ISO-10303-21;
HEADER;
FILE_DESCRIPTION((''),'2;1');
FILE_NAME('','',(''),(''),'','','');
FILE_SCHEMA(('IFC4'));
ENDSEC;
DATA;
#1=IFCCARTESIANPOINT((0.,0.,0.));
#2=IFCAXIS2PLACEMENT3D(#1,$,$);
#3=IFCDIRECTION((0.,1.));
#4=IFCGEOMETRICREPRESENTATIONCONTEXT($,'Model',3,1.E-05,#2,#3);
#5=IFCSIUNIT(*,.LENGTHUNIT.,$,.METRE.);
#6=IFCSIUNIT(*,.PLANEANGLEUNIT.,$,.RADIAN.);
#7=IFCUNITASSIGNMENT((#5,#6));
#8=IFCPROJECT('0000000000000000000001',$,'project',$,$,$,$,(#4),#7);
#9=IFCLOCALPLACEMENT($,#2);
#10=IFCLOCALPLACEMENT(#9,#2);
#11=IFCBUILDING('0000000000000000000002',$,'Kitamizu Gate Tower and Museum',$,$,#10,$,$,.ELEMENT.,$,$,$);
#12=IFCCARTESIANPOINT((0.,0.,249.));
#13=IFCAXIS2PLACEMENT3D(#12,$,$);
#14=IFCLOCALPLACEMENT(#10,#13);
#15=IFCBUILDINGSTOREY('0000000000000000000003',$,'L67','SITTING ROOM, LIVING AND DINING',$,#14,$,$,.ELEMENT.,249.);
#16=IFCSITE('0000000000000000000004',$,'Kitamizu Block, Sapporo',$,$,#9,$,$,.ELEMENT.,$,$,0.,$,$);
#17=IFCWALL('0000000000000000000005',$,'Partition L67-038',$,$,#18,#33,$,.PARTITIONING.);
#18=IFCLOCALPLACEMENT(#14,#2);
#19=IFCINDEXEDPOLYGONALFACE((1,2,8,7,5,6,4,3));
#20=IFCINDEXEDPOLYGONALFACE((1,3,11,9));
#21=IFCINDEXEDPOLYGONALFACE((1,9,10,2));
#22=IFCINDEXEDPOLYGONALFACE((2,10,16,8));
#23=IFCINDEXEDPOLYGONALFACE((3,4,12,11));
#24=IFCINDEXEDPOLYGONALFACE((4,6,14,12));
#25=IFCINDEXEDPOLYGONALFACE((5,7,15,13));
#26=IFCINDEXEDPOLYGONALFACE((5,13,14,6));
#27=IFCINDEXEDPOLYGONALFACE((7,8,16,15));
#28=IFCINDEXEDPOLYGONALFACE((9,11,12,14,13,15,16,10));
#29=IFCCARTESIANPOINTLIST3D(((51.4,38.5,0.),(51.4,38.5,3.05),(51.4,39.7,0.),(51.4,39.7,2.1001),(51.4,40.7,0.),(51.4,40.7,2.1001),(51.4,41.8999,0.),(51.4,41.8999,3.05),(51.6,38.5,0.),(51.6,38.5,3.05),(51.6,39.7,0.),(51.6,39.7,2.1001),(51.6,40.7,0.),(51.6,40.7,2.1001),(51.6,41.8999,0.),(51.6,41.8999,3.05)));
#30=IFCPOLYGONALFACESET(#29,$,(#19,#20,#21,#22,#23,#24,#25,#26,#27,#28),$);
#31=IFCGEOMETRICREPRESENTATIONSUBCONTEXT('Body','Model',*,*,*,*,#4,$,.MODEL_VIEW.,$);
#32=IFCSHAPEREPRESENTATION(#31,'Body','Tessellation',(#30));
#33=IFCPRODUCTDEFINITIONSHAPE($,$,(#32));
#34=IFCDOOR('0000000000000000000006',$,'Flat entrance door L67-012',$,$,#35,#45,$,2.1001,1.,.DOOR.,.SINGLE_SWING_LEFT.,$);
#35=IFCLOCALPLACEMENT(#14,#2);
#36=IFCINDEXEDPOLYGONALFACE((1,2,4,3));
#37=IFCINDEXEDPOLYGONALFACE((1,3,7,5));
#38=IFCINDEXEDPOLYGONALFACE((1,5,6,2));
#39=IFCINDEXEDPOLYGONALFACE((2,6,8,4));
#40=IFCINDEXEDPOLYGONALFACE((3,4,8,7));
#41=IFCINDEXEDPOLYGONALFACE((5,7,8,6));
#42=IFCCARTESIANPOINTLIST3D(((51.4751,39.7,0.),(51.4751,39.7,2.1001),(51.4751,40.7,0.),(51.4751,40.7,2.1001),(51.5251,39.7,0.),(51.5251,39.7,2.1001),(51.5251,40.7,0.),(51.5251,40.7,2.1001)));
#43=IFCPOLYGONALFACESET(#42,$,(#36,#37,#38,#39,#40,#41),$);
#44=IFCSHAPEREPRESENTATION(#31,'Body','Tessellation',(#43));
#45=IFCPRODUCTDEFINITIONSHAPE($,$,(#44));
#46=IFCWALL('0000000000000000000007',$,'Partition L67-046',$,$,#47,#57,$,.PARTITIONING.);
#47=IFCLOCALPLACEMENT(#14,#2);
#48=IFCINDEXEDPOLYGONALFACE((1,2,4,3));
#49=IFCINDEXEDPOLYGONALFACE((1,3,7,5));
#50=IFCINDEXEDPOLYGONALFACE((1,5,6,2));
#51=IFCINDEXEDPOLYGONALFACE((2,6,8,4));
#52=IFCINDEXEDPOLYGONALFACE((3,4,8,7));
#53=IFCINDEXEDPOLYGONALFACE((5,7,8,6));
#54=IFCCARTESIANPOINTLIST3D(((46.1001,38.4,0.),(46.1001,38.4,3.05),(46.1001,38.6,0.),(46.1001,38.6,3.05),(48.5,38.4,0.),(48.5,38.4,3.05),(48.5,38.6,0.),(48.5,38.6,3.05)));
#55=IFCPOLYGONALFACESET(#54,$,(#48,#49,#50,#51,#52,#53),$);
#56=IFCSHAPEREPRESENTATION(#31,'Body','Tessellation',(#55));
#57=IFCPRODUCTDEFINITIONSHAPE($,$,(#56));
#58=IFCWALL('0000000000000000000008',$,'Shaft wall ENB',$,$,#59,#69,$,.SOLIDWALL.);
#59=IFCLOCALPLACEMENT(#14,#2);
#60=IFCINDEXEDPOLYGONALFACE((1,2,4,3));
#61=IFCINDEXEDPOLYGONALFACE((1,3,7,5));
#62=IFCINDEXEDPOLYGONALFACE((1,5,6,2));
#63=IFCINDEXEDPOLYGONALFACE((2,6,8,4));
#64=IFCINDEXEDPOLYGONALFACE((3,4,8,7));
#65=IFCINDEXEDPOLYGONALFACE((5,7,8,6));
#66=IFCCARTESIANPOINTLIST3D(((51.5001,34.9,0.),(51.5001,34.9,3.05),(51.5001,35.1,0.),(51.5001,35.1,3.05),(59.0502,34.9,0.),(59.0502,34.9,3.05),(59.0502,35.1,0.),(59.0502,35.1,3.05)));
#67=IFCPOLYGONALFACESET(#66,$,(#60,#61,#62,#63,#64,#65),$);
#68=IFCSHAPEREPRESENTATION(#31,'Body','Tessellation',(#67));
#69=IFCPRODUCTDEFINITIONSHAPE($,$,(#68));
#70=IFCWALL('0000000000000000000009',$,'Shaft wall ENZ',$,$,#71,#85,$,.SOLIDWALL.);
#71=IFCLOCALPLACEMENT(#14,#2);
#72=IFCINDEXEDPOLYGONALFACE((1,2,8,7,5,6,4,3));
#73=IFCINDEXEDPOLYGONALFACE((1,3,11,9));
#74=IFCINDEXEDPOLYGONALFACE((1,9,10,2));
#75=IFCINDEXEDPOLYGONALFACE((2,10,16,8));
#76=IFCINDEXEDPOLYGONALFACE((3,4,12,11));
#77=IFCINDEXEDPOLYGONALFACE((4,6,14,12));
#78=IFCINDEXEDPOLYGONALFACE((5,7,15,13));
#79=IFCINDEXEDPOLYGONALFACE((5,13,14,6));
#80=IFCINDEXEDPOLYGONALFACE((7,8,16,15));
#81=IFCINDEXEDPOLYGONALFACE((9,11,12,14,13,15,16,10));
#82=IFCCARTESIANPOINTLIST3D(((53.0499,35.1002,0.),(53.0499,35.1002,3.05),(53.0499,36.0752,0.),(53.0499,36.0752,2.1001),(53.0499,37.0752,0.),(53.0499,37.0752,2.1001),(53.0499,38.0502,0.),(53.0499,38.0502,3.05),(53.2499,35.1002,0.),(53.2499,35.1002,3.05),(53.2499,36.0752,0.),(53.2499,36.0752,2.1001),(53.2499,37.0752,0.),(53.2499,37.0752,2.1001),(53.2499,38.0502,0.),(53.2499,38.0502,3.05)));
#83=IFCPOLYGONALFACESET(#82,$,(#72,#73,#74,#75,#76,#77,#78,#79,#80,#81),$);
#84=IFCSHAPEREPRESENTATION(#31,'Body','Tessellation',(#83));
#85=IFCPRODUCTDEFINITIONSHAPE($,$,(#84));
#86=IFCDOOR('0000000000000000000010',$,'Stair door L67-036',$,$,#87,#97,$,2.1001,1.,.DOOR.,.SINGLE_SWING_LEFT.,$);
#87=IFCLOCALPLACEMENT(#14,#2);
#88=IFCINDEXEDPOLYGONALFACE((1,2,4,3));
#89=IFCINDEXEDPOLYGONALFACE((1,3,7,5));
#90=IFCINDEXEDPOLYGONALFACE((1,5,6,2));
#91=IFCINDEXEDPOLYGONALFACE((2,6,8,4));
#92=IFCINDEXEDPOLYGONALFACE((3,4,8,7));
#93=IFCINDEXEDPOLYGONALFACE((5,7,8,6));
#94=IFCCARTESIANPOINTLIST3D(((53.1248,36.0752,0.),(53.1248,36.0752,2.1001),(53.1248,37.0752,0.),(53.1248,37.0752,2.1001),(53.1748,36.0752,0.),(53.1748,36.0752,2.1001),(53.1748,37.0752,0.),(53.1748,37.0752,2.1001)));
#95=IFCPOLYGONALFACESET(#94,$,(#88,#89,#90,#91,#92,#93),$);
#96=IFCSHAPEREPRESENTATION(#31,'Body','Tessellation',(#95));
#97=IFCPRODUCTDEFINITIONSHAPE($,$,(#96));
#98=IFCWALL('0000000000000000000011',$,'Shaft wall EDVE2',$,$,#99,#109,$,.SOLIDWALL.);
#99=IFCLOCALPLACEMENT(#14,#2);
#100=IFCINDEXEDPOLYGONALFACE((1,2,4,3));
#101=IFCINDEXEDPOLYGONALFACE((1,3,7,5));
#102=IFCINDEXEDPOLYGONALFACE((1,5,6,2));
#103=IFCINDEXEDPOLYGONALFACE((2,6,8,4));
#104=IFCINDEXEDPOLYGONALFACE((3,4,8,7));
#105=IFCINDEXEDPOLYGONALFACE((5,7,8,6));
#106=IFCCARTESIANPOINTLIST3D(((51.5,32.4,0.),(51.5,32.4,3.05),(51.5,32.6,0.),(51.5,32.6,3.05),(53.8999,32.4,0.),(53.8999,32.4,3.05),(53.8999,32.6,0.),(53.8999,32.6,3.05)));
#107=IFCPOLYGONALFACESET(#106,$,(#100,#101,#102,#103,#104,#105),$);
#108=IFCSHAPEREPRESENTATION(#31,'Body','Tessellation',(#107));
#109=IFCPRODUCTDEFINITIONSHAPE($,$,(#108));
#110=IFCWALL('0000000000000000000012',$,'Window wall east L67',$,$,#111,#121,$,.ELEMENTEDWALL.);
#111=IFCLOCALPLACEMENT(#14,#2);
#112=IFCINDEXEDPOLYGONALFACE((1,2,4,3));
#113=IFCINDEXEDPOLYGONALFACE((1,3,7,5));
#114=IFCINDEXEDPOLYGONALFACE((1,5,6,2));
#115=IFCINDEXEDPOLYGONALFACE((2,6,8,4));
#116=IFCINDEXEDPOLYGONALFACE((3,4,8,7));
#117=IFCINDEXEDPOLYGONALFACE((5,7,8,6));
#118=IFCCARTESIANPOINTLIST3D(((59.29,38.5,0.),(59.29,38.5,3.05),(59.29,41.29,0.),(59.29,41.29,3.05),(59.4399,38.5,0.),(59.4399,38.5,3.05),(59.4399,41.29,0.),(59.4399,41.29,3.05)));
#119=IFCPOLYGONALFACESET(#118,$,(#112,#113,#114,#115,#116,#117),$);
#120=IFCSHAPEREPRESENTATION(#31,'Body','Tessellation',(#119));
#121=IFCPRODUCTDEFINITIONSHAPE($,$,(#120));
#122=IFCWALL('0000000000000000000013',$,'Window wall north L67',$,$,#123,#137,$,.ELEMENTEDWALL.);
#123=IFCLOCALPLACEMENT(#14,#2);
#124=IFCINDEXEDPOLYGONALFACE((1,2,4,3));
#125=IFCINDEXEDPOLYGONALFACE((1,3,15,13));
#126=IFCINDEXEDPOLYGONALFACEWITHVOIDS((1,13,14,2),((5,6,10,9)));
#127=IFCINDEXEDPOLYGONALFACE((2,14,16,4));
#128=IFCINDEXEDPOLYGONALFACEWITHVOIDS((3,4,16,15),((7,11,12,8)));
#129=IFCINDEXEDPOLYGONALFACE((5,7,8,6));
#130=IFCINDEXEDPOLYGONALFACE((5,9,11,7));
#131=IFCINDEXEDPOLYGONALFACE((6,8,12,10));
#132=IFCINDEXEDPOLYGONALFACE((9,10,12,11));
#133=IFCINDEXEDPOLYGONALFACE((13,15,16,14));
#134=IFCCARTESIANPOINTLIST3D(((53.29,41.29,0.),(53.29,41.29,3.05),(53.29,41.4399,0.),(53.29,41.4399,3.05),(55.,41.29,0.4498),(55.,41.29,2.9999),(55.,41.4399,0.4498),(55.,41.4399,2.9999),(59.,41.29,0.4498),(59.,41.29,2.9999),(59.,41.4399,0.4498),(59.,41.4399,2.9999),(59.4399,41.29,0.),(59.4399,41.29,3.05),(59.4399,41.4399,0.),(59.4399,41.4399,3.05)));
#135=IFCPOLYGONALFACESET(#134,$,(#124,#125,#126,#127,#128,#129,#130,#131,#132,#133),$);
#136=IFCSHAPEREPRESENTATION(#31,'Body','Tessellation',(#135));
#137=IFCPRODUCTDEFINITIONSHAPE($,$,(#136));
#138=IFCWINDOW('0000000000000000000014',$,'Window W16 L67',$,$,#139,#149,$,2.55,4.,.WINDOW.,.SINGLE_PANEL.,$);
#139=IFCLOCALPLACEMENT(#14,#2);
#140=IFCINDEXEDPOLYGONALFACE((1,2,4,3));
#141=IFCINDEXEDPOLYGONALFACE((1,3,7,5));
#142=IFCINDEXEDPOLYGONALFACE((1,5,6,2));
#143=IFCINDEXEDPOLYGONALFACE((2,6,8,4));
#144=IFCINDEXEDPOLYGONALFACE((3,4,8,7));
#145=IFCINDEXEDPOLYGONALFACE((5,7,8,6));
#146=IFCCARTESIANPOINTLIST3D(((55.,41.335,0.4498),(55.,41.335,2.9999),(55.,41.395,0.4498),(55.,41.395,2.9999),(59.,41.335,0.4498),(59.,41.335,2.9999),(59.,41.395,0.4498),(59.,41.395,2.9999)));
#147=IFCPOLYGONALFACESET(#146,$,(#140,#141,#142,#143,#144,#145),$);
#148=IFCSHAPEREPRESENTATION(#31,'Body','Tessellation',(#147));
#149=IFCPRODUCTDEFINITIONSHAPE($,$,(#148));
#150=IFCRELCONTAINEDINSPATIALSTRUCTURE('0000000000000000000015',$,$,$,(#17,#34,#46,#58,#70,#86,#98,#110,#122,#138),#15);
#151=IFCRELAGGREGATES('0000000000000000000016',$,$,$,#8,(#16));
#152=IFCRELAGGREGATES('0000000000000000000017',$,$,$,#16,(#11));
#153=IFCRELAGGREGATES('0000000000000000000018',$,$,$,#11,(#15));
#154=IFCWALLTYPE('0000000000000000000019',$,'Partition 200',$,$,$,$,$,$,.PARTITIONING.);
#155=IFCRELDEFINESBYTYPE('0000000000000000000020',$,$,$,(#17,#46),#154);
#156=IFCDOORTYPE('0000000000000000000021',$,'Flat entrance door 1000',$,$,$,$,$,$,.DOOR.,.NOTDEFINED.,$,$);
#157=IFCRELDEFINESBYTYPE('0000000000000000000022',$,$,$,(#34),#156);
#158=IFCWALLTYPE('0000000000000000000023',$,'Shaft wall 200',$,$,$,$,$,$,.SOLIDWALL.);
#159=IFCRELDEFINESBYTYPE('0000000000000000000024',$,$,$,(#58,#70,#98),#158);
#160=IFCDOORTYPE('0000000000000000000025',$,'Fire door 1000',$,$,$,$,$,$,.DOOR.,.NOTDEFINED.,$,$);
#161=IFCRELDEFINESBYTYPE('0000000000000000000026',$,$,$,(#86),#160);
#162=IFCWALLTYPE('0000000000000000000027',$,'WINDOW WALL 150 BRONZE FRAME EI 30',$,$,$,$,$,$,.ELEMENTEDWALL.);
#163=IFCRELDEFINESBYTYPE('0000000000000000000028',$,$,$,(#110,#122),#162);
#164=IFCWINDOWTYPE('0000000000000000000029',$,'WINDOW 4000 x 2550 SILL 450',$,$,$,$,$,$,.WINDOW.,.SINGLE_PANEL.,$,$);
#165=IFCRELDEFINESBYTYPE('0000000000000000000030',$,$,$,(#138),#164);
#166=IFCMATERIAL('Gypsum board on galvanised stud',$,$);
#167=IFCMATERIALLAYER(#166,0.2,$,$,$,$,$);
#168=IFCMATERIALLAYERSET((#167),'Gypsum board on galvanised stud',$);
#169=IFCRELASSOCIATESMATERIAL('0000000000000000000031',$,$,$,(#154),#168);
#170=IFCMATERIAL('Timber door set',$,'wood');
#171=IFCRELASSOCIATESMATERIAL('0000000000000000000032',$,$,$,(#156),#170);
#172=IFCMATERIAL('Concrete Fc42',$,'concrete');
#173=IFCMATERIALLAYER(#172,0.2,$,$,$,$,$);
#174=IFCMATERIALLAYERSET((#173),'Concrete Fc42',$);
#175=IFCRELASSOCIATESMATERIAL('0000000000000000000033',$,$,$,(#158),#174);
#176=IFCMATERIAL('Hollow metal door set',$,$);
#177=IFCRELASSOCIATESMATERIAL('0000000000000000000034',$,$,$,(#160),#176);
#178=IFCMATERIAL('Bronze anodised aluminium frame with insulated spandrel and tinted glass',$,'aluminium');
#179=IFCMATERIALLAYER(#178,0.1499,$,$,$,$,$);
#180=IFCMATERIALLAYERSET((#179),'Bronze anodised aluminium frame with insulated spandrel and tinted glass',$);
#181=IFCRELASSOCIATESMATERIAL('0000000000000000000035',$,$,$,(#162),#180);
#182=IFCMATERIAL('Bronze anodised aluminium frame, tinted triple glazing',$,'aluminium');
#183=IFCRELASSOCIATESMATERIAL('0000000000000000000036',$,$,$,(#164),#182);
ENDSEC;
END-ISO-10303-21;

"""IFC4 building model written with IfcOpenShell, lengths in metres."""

from ifc_helpers import new_model, si_unit, direction, frame, frame_2d, origin, place, context, subcontext, project, spatial, rectangle, extrude, material, layer, layer_set, type_object, element, fill, save


model = new_model("IFC4")

# Units and contexts
model_context = context("Model", 3, precision=1e-05, world=origin(), true_north=direction((0.0, 1.0)))
body_context = subcontext(model_context, "Body", "Model", "MODEL_VIEW")
ifc_project = project(units=[si_unit("LENGTHUNIT", "METRE"), si_unit("PLANEANGLEUNIT", "RADIAN")], contexts=[model_context])

# Site, building, storey
site_placement = place(None, origin())
site = spatial("IfcSite", under=ifc_project, at=site_placement, Name="Kitamizu Block, Sapporo", CompositionType="ELEMENT", RefElevation=0.0)
building_placement = place(site_placement, origin())
building = spatial("IfcBuilding", under=site, at=building_placement, Name="Kitamizu Gate Tower and Museum", CompositionType="ELEMENT")
storey_placement = place(building_placement, frame((0.0, 0.0, 249.0)))
storey = spatial("IfcBuildingStorey", under=building, at=storey_placement, Name="L67", Description="SITTING ROOM, LIVING AND DINING", CompositionType="ELEMENT", Elevation=249.0)

# Shared definitions
ifc_material_1 = material(Name="Gypsum board on galvanised stud")
ifc_layer_1 = layer(ifc_material_1, 0.2)
ifc_layer_set_1 = layer_set([ifc_layer_1], Name="Gypsum board on galvanised stud")
wall_type_1 = type_object("IfcWallType", Name="Partition 200", PredefinedType="PARTITIONING", material=ifc_layer_set_1)

# Wall, opening, door
wall_1_placement = place(storey_placement, frame((51.5, 41.8999, 0.0), z_axis=(0.0, 0.0, 1.0), x_axis=(0.0, -1.0, 0.0)))
wall_1 = element("IfcWall", 1, at=wall_1_placement, inside=storey, type_object=wall_type_1, Name="Partition L67-038", PredefinedType="PARTITIONING", context=body_context, shape_type="SweptSolid", body=[
    extrude(rectangle(XDim=3.3999, YDim=0.2, at=frame_2d((1.7, 0.0))), origin(), (0.0, 0.0, 1.0), 3.05),
])
opening_1_placement = place(wall_1_placement, frame((1.2, 0.0, 0.0)))
opening_1 = element("IfcOpeningElement", 2, at=opening_1_placement, cuts=wall_1, PredefinedType="OPENING", context=body_context, shape_type="SweptSolid", body=[
    extrude(rectangle(XDim=1.0, YDim=2.1001, at=frame_2d((0.5, 1.05))), frame((0.0, 0.1099, 0.0), z_axis=(0.0, -1.0, 0.0), x_axis=(1.0, 0.0, 0.0)), (0.0, 0.0, 1.0), 0.22),
])
ifc_material_2 = material(Name="Timber door set", Category="wood")
door_type_1 = type_object("IfcDoorType", Name="Flat entrance door 1000", OperationType="NOTDEFINED", PredefinedType="DOOR", material=ifc_material_2)
door_1_placement = place(opening_1_placement, frame((1.0, 0.0, 0.0), x_axis=(-1.0, 0.0, 0.0)))
door_1 = element("IfcDoor", 3, at=door_1_placement, inside=storey, type_object=door_type_1, Name="Flat entrance door L67-012", OperationType="SINGLE_SWING_LEFT", OverallHeight=2.1001, OverallWidth=1.0, PredefinedType="DOOR", context=body_context, shape_type="SweptSolid", body=[
    extrude(rectangle(XDim=1.0, YDim=2.1001, at=frame_2d((0.5, 1.05))), frame((0.0, 0.0249, 0.0), z_axis=(0.0, -1.0, 0.0), x_axis=(1.0, 0.0, 0.0)), (0.0, 0.0, 1.0), 0.05),
])
fill(opening_1, door_1)

# Walls
wall_2_placement = place(storey_placement, frame((48.5, 38.5, 0.0), z_axis=(0.0, 0.0, 1.0), x_axis=(-1.0, 0.0, 0.0)))
element("IfcWall", 4, at=wall_2_placement, inside=storey, type_object=wall_type_1, Name="Partition L67-046", PredefinedType="PARTITIONING", context=body_context, shape_type="SweptSolid", body=[
    extrude(rectangle(XDim=2.3999, YDim=0.2, at=frame_2d((1.2, 0.0))), origin(), (0.0, 0.0, 1.0), 3.05),
])
ifc_material_3 = material(Name="Concrete Fc42", Category="concrete")
ifc_layer_2 = layer(ifc_material_3, 0.2)
ifc_layer_set_2 = layer_set([ifc_layer_2], Name="Concrete Fc42")
wall_type_2 = type_object("IfcWallType", Name="Shaft wall 200", PredefinedType="SOLIDWALL", material=ifc_layer_set_2)
wall_3_placement = place(storey_placement, frame((59.05, 35.0, 0.0), z_axis=(0.0, 0.0, 1.0), x_axis=(-1.0, 0.0, 0.0)))
element("IfcWall", 5, at=wall_3_placement, inside=storey, type_object=wall_type_2, Name="Shaft wall ENB", PredefinedType="SOLIDWALL", context=body_context, shape_type="SweptSolid", body=[
    extrude(rectangle(XDim=7.55, YDim=0.2, at=frame_2d((3.7749, 0.0))), origin(), (0.0, 0.0, 1.0), 3.05),
])

# Wall, opening, door
wall_4_placement = place(storey_placement, frame((53.1499, 35.1001, 0.0), z_axis=(0.0, 0.0, 1.0), x_axis=(0.0, 1.0, 0.0)))
wall_4 = element("IfcWall", 6, at=wall_4_placement, inside=storey, type_object=wall_type_2, Name="Shaft wall ENZ", PredefinedType="SOLIDWALL", context=body_context, shape_type="SweptSolid", body=[
    extrude(rectangle(XDim=2.95, YDim=0.2, at=frame_2d((1.4751, 0.0))), origin(), (0.0, 0.0, 1.0), 3.05),
])
opening_2_placement = place(wall_4_placement, frame((0.9751, 0.0, 0.0)))
opening_2 = element("IfcOpeningElement", 7, at=opening_2_placement, cuts=wall_4, PredefinedType="OPENING", context=body_context, shape_type="SweptSolid", body=[
    extrude(rectangle(XDim=1.0, YDim=2.1001, at=frame_2d((0.5, 1.05))), frame((0.0, 0.1099, 0.0), z_axis=(0.0, -1.0, 0.0), x_axis=(1.0, 0.0, 0.0)), (0.0, 0.0, 1.0), 0.22),
])
ifc_material_4 = material(Name="Hollow metal door set")
door_type_2 = type_object("IfcDoorType", Name="Fire door 1000", OperationType="NOTDEFINED", PredefinedType="DOOR", material=ifc_material_4)
door_2_placement = place(opening_2_placement, frame((1.0, 0.0, 0.0), x_axis=(-1.0, 0.0, 0.0)))
door_2 = element("IfcDoor", 8, at=door_2_placement, inside=storey, type_object=door_type_2, Name="Stair door L67-036", OperationType="SINGLE_SWING_LEFT", OverallHeight=2.1001, OverallWidth=1.0, PredefinedType="DOOR", context=body_context, shape_type="SweptSolid", body=[
    extrude(rectangle(XDim=1.0, YDim=2.1001, at=frame_2d((0.5, 1.05))), frame((0.0, 0.0249, 0.0), z_axis=(0.0, -1.0, 0.0), x_axis=(1.0, 0.0, 0.0)), (0.0, 0.0, 1.0), 0.05),
])
fill(opening_2, door_2)

# Walls
wall_5_placement = place(storey_placement, frame((53.8999, 32.5, 0.0), z_axis=(0.0, 0.0, 1.0), x_axis=(-1.0, 0.0, 0.0)))
element("IfcWall", 9, at=wall_5_placement, inside=storey, type_object=wall_type_2, Name="Shaft wall EDVE2", PredefinedType="SOLIDWALL", context=body_context, shape_type="SweptSolid", body=[
    extrude(rectangle(XDim=2.3999, YDim=0.2, at=frame_2d((1.2, 0.0))), origin(), (0.0, 0.0, 1.0), 3.05),
])
ifc_material_5 = material(Name="Bronze anodised aluminium frame with insulated spandrel and tinted glass", Category="aluminium")
ifc_layer_3 = layer(ifc_material_5, 0.1499)
ifc_layer_set_3 = layer_set([ifc_layer_3], Name="Bronze anodised aluminium frame with insulated spandrel and tinted glass")
wall_type_3 = type_object("IfcWallType", Name="WINDOW WALL 150 BRONZE FRAME EI 30", PredefinedType="ELEMENTEDWALL", material=ifc_layer_set_3)
wall_6_placement = place(storey_placement, frame((59.365, 38.5, 0.0), z_axis=(0.0, 0.0, 1.0), x_axis=(0.0, 1.0, 0.0)))
element("IfcWall", 10, at=wall_6_placement, inside=storey, type_object=wall_type_3, Name="Window wall east L67", PredefinedType="ELEMENTEDWALL", context=body_context, shape_type="SweptSolid", body=[
    extrude(rectangle(XDim=2.79, YDim=0.1499, at=frame_2d((1.395, 0.0))), origin(), (0.0, 0.0, 1.0), 3.05),
])

# Wall, opening, window
wall_7_placement = place(storey_placement, frame((53.29, 41.365, 0.0), z_axis=(0.0, 0.0, 1.0), x_axis=(1.0, 0.0, 0.0)))
wall_7 = element("IfcWall", 11, at=wall_7_placement, inside=storey, type_object=wall_type_3, Name="Window wall north L67", PredefinedType="ELEMENTEDWALL", context=body_context, shape_type="SweptSolid", body=[
    extrude(rectangle(XDim=6.1499, YDim=0.1499, at=frame_2d((3.075, 0.0))), origin(), (0.0, 0.0, 1.0), 3.05),
])
opening_3_placement = place(wall_7_placement, frame((1.71, 0.0, 0.45)))
opening_3 = element("IfcOpeningElement", 12, at=opening_3_placement, cuts=wall_7, PredefinedType="OPENING", context=body_context, shape_type="SweptSolid", body=[
    extrude(rectangle(XDim=4.0, YDim=2.55, at=frame_2d((2.0, 1.2749))), frame((0.0, 0.085, 0.0), z_axis=(0.0, -1.0, 0.0), x_axis=(1.0, 0.0, 0.0)), (0.0, 0.0, 1.0), 0.1699),
])
ifc_material_6 = material(Name="Bronze anodised aluminium frame, tinted triple glazing", Category="aluminium")
window_type = type_object("IfcWindowType", Name="WINDOW 4000 x 2550 SILL 450", PartitioningType="SINGLE_PANEL", PredefinedType="WINDOW", material=ifc_material_6)
window_1_placement = place(opening_3_placement, origin())
window_1 = element("IfcWindow", 13, at=window_1_placement, inside=storey, type_object=window_type, Name="Window W16 L67", OverallHeight=2.55, OverallWidth=4.0, PartitioningType="SINGLE_PANEL", PredefinedType="WINDOW", context=body_context, shape_type="SweptSolid", body=[
    extrude(rectangle(XDim=4.0, YDim=2.55, at=frame_2d((2.0, 1.2749))), frame((0.0, 0.03, 0.0), z_axis=(0.0, -1.0, 0.0), x_axis=(1.0, 0.0, 0.0)), (0.0, 0.0, 1.0), 0.0601),
])
fill(opening_3, window_1)

save(model, "model.ifc")
